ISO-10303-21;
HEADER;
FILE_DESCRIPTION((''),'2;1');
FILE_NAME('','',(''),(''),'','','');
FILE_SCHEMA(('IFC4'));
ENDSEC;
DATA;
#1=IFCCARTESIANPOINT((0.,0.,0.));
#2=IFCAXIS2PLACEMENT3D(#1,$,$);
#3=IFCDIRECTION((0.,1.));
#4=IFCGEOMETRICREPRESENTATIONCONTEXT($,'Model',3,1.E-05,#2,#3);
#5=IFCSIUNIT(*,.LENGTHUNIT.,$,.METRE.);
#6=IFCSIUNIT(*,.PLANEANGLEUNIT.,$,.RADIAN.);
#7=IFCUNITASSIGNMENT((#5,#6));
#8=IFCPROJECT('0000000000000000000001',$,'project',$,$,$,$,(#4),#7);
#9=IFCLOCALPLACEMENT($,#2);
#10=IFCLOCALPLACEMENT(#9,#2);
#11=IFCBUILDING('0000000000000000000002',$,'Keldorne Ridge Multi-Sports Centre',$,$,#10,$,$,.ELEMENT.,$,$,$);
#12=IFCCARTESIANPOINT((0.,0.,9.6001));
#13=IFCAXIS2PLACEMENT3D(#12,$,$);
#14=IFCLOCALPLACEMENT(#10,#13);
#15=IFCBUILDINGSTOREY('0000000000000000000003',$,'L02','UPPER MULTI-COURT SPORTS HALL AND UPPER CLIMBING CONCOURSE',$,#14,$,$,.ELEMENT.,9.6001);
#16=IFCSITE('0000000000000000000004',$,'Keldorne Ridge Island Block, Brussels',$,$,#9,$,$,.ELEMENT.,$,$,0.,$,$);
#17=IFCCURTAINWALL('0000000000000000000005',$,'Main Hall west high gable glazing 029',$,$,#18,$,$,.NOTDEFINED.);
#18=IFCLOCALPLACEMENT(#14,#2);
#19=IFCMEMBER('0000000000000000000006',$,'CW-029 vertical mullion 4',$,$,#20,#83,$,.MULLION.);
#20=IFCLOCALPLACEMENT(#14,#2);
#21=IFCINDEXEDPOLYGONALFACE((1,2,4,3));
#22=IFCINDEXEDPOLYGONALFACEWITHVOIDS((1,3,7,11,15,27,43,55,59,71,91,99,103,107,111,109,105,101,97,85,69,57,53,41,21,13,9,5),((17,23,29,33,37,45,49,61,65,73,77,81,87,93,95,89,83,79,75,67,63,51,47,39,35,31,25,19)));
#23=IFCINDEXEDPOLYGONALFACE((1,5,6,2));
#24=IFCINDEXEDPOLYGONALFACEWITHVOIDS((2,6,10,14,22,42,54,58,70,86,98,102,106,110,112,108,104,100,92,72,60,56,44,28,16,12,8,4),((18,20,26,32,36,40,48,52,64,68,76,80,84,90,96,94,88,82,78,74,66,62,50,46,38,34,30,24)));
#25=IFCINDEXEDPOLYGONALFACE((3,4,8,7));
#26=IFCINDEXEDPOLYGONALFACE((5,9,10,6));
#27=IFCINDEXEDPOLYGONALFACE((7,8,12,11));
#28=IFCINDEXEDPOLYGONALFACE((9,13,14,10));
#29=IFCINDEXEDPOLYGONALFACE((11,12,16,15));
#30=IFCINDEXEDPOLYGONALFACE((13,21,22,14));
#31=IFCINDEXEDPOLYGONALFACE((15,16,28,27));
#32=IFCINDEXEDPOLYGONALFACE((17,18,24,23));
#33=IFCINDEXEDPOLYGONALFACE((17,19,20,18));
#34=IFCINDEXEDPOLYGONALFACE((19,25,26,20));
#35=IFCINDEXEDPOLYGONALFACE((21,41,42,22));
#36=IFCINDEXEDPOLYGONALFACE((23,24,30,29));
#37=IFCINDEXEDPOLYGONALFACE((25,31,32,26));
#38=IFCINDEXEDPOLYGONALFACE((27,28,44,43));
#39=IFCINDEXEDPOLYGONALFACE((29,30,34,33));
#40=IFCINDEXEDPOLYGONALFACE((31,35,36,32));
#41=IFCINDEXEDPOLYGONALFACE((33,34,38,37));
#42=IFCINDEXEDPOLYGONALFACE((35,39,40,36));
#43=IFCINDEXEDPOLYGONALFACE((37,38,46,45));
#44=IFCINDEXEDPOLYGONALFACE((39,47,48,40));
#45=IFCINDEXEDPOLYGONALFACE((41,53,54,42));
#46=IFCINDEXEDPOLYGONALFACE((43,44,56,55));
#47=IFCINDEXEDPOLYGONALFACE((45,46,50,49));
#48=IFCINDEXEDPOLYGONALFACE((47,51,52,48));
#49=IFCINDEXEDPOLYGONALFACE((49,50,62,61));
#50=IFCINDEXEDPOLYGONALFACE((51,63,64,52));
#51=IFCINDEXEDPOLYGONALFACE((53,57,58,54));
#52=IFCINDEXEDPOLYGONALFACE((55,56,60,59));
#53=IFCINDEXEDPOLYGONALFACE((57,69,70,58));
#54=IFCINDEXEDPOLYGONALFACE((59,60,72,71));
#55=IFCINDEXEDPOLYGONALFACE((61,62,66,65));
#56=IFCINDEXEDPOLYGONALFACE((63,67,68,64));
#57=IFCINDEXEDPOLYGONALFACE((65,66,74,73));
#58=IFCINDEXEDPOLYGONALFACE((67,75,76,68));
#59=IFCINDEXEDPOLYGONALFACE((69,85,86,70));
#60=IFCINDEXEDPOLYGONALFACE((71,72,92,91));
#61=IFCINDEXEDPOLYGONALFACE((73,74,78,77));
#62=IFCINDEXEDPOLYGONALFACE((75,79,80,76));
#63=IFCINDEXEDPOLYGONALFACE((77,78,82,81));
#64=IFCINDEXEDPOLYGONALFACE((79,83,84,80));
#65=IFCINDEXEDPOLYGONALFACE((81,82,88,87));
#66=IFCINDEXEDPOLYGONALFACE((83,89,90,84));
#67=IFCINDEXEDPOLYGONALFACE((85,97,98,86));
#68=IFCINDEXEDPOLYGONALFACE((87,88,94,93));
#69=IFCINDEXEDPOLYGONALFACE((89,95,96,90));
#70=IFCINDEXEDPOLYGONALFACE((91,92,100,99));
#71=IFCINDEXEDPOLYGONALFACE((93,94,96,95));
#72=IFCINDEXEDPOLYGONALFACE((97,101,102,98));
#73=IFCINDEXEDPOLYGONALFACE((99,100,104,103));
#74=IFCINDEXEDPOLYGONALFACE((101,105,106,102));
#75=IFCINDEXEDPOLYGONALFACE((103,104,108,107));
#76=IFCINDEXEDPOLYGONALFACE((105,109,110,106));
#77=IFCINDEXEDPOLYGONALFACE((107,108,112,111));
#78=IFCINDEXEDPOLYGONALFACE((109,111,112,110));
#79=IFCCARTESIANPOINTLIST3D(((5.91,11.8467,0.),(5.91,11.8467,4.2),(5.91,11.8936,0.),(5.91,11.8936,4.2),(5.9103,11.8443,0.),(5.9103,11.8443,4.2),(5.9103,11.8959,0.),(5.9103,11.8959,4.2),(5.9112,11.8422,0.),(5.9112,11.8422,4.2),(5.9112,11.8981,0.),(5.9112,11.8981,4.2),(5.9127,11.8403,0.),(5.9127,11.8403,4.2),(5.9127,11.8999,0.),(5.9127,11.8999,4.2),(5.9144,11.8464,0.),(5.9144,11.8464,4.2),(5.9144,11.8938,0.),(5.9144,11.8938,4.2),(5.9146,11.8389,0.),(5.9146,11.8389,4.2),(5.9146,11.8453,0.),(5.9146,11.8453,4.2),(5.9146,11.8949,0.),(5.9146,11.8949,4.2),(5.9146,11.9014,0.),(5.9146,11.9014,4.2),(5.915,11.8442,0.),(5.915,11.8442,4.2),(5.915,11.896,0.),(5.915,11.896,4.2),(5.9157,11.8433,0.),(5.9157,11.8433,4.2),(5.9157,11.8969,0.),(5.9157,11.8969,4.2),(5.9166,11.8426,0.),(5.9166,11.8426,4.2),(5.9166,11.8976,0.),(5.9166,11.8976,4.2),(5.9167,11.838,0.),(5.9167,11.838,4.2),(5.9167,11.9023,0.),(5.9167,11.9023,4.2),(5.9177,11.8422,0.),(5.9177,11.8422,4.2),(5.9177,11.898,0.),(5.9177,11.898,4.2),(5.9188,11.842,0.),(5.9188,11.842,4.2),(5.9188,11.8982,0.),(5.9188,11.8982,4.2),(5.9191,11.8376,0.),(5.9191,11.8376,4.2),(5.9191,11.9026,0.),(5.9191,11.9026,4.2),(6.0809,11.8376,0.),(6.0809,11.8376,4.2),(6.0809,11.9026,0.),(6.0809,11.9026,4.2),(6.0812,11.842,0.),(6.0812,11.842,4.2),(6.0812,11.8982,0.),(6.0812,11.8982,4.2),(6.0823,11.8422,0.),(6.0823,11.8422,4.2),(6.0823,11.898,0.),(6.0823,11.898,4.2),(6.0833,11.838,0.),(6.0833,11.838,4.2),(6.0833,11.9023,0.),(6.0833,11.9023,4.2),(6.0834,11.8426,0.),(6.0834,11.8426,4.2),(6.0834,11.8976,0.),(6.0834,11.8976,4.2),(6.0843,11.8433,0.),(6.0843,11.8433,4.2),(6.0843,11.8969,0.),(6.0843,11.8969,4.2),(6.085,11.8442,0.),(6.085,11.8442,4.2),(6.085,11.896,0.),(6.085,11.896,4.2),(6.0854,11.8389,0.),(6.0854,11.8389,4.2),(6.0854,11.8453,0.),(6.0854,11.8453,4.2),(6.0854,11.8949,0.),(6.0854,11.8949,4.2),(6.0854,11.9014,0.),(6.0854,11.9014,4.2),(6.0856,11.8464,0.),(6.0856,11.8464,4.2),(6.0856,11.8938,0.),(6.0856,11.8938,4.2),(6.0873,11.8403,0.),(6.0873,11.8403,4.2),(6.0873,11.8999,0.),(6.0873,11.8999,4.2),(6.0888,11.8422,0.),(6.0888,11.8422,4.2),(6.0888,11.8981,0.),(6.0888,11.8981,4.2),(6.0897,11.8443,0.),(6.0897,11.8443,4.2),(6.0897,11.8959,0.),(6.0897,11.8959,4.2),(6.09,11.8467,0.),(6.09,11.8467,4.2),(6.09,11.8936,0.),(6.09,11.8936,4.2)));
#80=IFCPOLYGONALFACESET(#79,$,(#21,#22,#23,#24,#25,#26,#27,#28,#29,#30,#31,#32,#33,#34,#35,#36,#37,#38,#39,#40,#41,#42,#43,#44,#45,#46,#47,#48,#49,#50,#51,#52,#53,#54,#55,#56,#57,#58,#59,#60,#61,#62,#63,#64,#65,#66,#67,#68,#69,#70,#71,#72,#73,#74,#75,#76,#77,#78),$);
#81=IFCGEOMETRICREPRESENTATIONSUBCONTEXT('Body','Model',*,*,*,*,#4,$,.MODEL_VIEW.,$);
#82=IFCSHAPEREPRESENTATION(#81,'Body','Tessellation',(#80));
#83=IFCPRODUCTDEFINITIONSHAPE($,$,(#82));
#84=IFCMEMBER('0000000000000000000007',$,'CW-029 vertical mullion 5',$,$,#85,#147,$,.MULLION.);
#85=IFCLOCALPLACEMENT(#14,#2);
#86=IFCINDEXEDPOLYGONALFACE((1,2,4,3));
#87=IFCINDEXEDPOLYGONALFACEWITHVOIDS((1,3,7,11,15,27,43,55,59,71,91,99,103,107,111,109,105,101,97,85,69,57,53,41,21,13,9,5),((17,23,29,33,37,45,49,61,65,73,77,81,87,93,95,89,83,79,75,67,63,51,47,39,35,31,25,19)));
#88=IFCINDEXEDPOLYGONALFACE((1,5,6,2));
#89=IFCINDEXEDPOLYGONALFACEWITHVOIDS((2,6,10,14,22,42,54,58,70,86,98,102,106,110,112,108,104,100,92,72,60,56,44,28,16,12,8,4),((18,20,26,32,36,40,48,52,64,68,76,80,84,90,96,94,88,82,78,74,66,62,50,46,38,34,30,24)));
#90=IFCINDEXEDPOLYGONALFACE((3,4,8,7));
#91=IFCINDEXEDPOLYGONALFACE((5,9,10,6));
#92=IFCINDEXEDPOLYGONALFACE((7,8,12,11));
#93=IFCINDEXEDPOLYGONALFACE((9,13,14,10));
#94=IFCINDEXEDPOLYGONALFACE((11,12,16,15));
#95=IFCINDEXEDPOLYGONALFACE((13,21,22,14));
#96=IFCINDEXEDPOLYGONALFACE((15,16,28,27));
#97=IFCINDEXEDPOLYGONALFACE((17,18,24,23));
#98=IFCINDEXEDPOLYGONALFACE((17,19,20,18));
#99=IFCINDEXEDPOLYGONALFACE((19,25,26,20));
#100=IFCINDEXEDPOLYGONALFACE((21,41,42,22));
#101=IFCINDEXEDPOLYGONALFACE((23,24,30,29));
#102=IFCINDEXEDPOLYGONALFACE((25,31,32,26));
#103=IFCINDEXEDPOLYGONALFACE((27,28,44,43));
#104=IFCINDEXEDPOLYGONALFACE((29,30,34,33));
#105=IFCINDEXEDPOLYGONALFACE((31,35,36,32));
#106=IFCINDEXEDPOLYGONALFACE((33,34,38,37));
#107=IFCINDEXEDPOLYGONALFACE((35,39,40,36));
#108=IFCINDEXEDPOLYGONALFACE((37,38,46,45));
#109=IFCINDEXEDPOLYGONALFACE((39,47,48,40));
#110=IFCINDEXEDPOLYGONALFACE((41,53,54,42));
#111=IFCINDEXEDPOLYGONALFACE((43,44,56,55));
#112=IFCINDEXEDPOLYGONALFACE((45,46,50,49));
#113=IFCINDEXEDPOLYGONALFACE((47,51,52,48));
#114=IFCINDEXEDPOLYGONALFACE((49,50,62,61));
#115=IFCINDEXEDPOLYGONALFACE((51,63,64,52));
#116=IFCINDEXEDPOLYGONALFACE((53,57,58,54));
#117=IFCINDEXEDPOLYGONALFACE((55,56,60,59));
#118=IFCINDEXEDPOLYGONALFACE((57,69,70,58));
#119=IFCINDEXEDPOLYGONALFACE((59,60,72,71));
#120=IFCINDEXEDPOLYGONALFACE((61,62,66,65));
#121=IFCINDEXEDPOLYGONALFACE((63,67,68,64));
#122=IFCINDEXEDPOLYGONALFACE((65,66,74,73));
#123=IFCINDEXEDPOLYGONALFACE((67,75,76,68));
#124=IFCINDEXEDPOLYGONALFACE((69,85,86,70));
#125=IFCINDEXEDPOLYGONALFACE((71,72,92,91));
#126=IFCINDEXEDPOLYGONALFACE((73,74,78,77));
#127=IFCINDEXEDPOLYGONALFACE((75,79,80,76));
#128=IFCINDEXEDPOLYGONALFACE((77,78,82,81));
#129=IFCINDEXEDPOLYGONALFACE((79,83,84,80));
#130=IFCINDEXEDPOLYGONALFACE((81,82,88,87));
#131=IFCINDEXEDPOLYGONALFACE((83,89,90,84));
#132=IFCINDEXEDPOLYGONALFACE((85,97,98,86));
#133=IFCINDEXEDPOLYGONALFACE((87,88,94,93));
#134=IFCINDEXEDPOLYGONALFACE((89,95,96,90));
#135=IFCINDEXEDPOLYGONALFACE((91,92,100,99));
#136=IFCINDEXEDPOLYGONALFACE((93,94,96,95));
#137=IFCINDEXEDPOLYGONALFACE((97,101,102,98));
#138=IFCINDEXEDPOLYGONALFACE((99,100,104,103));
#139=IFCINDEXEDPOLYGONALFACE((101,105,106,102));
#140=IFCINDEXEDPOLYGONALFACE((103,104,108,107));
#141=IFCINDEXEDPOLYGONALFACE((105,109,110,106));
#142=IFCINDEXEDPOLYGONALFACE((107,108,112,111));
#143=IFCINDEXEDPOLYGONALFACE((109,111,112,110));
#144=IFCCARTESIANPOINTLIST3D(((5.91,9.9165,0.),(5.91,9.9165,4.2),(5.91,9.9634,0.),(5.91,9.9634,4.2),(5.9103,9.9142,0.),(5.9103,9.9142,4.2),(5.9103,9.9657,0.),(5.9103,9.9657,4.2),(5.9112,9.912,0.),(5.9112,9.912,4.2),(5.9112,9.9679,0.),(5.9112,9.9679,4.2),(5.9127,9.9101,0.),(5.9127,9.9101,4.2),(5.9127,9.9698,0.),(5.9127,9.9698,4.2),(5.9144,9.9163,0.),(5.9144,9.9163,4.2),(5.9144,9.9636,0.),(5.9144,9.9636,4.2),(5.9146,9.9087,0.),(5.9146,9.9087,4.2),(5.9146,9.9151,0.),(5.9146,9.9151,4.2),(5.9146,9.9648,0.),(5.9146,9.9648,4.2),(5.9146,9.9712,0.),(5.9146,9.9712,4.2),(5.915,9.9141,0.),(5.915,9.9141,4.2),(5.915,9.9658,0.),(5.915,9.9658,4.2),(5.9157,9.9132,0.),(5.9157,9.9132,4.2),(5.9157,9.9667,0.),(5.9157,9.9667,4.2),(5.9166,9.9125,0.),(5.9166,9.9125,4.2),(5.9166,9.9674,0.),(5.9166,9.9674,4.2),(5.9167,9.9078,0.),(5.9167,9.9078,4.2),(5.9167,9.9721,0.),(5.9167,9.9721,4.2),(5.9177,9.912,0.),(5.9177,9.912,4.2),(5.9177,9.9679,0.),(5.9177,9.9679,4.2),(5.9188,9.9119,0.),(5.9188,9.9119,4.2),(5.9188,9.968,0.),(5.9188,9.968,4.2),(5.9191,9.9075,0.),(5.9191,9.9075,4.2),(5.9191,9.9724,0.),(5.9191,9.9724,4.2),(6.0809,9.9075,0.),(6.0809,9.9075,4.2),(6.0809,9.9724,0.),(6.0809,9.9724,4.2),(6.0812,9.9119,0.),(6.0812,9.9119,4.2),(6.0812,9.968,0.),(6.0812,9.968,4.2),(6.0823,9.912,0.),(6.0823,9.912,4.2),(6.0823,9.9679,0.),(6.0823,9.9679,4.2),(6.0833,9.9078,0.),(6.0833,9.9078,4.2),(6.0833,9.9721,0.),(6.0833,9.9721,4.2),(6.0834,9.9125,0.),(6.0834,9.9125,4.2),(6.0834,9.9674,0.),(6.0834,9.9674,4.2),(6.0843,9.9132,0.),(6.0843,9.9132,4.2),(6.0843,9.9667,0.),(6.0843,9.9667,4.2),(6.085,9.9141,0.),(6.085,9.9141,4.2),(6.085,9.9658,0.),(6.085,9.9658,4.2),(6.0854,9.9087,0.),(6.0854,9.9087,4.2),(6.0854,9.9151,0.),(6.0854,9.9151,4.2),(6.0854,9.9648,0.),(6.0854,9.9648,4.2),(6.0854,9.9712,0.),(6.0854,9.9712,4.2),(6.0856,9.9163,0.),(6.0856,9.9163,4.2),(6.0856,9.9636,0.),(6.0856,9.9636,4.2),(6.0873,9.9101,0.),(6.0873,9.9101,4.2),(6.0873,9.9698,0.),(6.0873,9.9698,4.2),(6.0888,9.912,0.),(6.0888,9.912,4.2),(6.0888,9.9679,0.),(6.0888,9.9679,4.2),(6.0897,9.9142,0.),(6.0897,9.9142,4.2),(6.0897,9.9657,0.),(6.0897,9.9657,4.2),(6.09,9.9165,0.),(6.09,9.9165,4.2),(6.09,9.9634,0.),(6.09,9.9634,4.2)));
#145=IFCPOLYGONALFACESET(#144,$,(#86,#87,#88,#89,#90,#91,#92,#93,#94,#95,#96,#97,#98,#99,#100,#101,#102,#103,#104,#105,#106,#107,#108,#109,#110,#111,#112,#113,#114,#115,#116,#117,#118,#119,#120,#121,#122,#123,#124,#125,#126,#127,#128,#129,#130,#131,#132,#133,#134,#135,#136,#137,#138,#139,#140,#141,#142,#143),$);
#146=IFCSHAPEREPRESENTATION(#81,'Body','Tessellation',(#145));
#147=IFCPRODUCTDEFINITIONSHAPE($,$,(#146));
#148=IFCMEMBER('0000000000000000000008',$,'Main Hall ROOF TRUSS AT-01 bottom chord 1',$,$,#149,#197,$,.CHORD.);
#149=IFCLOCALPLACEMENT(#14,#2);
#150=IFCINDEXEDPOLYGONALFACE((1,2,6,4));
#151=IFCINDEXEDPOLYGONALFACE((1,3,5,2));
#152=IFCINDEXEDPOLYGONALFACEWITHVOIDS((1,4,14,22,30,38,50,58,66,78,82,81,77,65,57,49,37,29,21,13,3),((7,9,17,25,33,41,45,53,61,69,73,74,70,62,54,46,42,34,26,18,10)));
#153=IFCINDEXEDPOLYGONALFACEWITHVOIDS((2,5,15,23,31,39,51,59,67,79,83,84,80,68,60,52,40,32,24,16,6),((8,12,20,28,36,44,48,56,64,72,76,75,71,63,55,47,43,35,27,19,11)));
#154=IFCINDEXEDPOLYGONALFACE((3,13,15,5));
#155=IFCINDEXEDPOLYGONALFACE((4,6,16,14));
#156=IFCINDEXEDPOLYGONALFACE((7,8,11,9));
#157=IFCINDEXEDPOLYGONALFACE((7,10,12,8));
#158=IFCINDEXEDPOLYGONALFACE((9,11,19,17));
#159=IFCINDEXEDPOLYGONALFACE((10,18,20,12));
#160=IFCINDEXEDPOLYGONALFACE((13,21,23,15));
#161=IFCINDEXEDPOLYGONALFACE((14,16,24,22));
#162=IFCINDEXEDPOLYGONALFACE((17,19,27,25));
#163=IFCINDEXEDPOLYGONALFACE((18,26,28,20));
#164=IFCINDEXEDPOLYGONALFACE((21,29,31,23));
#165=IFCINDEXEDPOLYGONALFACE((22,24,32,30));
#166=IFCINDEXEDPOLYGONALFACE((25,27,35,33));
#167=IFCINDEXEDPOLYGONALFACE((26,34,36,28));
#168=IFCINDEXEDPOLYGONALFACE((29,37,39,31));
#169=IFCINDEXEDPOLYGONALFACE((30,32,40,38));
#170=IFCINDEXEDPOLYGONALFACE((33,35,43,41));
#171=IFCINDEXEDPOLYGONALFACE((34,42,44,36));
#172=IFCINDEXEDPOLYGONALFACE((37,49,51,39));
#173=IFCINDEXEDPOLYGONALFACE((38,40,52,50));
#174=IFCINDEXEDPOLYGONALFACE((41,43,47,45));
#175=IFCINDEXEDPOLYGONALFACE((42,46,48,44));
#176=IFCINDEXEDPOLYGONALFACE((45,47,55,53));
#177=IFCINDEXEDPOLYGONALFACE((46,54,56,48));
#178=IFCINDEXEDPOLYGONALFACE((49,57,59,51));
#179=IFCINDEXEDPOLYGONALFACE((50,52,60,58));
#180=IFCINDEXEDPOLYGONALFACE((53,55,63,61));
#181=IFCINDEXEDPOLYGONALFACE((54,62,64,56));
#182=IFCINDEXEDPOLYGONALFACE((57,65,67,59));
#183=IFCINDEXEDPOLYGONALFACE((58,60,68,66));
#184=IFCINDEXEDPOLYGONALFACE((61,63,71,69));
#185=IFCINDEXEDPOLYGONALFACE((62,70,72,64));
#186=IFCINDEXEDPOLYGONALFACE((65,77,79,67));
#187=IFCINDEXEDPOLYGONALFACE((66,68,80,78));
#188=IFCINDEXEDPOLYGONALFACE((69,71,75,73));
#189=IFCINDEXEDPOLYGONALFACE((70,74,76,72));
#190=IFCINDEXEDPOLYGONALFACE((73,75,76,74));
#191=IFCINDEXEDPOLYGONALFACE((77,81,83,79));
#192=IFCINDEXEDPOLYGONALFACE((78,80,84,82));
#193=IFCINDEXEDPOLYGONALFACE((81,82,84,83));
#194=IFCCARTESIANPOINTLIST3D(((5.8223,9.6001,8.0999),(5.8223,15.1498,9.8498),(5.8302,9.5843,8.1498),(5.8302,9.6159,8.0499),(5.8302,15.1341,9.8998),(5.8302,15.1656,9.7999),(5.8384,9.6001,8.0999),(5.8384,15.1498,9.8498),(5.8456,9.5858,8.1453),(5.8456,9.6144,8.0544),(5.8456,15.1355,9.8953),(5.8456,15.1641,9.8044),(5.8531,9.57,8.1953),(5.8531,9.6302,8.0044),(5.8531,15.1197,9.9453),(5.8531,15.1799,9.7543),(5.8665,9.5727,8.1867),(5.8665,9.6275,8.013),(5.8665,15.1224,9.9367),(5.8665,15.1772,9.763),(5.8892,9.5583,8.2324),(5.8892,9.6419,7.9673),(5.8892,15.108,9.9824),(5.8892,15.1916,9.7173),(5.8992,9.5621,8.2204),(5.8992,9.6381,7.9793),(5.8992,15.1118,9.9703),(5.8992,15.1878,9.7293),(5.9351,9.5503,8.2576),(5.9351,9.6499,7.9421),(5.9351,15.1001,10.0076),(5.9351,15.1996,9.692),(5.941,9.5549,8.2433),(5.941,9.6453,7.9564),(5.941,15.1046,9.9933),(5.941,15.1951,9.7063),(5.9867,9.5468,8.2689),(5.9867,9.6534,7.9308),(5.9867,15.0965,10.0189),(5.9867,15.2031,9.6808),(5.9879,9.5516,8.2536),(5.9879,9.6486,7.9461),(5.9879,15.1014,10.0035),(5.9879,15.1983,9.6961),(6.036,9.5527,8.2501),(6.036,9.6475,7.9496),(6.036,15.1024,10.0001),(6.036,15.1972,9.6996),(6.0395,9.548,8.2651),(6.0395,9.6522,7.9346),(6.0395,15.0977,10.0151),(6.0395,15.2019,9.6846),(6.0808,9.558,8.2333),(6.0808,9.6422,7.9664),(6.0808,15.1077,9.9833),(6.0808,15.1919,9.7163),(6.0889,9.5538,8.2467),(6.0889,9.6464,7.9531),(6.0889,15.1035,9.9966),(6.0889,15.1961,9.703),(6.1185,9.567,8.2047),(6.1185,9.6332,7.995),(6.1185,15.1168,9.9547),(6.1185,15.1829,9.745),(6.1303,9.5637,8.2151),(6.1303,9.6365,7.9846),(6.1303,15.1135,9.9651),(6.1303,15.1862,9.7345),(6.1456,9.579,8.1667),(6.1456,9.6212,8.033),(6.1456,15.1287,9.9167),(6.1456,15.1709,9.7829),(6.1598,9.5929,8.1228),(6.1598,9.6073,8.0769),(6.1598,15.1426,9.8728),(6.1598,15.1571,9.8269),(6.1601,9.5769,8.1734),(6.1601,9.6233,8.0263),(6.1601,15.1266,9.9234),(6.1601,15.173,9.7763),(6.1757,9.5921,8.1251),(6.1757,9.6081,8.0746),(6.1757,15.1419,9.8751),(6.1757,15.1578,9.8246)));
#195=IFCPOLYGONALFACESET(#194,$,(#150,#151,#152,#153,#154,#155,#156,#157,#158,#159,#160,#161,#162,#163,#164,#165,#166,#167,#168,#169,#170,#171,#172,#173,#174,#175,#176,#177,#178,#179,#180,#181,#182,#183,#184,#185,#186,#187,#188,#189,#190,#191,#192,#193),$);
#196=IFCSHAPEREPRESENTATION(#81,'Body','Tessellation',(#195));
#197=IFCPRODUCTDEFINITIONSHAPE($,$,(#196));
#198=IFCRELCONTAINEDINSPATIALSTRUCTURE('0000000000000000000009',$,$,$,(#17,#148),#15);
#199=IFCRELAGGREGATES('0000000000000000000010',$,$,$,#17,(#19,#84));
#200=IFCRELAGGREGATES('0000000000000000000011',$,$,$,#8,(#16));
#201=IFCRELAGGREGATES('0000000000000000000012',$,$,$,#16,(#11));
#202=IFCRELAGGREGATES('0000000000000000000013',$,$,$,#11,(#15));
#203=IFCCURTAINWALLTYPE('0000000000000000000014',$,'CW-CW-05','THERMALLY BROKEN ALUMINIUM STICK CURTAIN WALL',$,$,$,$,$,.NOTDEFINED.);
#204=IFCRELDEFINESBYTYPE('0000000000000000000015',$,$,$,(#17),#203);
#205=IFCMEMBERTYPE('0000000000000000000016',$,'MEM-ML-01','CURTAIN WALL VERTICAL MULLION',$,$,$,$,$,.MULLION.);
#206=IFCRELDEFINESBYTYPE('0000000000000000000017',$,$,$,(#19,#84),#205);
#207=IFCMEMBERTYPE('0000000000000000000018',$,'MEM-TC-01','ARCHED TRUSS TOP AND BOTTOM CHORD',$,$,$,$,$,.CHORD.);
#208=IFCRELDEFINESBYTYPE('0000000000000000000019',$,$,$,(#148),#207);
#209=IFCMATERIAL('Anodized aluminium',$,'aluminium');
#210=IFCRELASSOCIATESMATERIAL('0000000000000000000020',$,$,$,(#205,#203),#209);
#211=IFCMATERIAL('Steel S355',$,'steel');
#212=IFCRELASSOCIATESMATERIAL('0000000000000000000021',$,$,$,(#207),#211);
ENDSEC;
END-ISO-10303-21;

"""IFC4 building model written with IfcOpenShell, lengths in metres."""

from ifc_helpers import new_model, si_unit, direction, frame, origin, origin_2d, place, context, subcontext, project, spatial, hollow_rectangle, hollow_circle, extrude, material, material_profile, profile_set, type_object, element, aggregate, save


model = new_model("IFC4")

# Units and contexts
model_context = context("Model", 3, precision=1e-05, world=origin(), true_north=direction((0.0, 1.0)))
body_context = subcontext(model_context, "Body", "Model", "MODEL_VIEW")
ifc_project = project(units=[si_unit("LENGTHUNIT", "METRE"), si_unit("PLANEANGLEUNIT", "RADIAN")], contexts=[model_context])

# Site, building, storey
site_placement = place(None, origin())
site = spatial("IfcSite", under=ifc_project, at=site_placement, Name="Keldorne Ridge Island Block, Brussels", CompositionType="ELEMENT", RefElevation=0.0)
building_placement = place(site_placement, origin())
building = spatial("IfcBuilding", under=site, at=building_placement, Name="Keldorne Ridge Multi-Sports Centre", CompositionType="ELEMENT")
storey_placement = place(building_placement, frame((0.0, 0.0, 9.6001)))
storey = spatial("IfcBuildingStorey", under=building, at=storey_placement, Name="L02", Description="UPPER MULTI-COURT SPORTS HALL AND UPPER CLIMBING CONCOURSE", CompositionType="ELEMENT", Elevation=9.6001)

# Shared definitions
ifc_material_1 = material(Name="Steel S355", Category="steel")

# Shared definitions
ifc_material_2 = material(Name="Anodized aluminium", Category="aluminium")
ifc_material_profile_1 = material_profile(ifc_material_2, hollow_rectangle(XDim=0.0649, YDim=0.1799, WallThickness=0.0044, InnerFilletRadius=0.0044, OuterFilletRadius=0.009, at=origin_2d()), Name="ALU MULLION 180x65x4.5")
ifc_profile_set_1 = profile_set([ifc_material_profile_1], Name="Anodized aluminium")
member_type_1 = type_object("IfcMemberType", Name="MEM-ML-01", Description="CURTAIN WALL VERTICAL MULLION", PredefinedType="MULLION", material=ifc_profile_set_1)

# Curtain wall, members
curtain_wall_type_1 = type_object("IfcCurtainWallType", Name="CW-CW-05", Description="THERMALLY BROKEN ALUMINIUM STICK CURTAIN WALL", PredefinedType="NOTDEFINED", material=ifc_material_2)
curtain_wall_1_placement = place(storey_placement, origin())
curtain_wall_1 = element("IfcCurtainWall", 1, at=curtain_wall_1_placement, inside=storey, type_object=curtain_wall_type_1, Name="Main Hall west high gable glazing 029", PredefinedType="NOTDEFINED")
member_1_placement = place(storey_placement, frame((6.0, 11.8701, 0.0), z_axis=(0.0, 0.0, 1.0), x_axis=(0.0, 1.0, 0.0)))
member_1 = element("IfcMember", 2, at=member_1_placement, type_object=member_type_1, Name="CW-029 vertical mullion 4", PredefinedType="MULLION", context=body_context, shape_type="SweptSolid", body=[
    extrude(hollow_rectangle(XDim=0.0649, YDim=0.1799, WallThickness=0.0044, InnerFilletRadius=0.0044, OuterFilletRadius=0.009, at=origin_2d()), origin(), (0.0, 0.0, 1.0), 4.2),
])
member_2_placement = place(storey_placement, frame((6.0, 9.9399, 0.0), z_axis=(0.0, 0.0, 1.0), x_axis=(0.0, 1.0, 0.0)))
member_2 = element("IfcMember", 3, at=member_2_placement, type_object=member_type_1, Name="CW-029 vertical mullion 5", PredefinedType="MULLION", context=body_context, shape_type="SweptSolid", body=[
    extrude(hollow_rectangle(XDim=0.0649, YDim=0.1799, WallThickness=0.0044, InnerFilletRadius=0.0044, OuterFilletRadius=0.009, at=origin_2d()), origin(), (0.0, 0.0, 1.0), 4.2),
])

# Member
ifc_material_profile_2 = material_profile(ifc_material_1, hollow_circle(Radius=0.1777, WallThickness=0.0161, at=origin_2d()), Name="CHS 355.6x16")
ifc_profile_set_2 = profile_set([ifc_material_profile_2], Name="Steel S355")
member_type_2 = type_object("IfcMemberType", Name="MEM-TC-01", Description="ARCHED TRUSS TOP AND BOTTOM CHORD", PredefinedType="CHORD", material=ifc_profile_set_2)
member_3_placement = place(storey_placement, frame((6.0, 9.6001, 8.0999), z_axis=(0.0, 0.953709, 0.30073), x_axis=(-1.0, 0.0, 0.0)))
element("IfcMember", 4, at=member_3_placement, inside=storey, type_object=member_type_2, Name="Main Hall ROOF TRUSS AT-01 bottom chord 1", PredefinedType="CHORD", context=body_context, shape_type="SweptSolid", body=[
    extrude(hollow_circle(Radius=0.1777, WallThickness=0.0161, at=origin_2d()), origin(), (0.0, 0.0, 1.0), 5.8191),
])

aggregate(curtain_wall_1, [member_1, member_2])

save(model, "model.ifc")
